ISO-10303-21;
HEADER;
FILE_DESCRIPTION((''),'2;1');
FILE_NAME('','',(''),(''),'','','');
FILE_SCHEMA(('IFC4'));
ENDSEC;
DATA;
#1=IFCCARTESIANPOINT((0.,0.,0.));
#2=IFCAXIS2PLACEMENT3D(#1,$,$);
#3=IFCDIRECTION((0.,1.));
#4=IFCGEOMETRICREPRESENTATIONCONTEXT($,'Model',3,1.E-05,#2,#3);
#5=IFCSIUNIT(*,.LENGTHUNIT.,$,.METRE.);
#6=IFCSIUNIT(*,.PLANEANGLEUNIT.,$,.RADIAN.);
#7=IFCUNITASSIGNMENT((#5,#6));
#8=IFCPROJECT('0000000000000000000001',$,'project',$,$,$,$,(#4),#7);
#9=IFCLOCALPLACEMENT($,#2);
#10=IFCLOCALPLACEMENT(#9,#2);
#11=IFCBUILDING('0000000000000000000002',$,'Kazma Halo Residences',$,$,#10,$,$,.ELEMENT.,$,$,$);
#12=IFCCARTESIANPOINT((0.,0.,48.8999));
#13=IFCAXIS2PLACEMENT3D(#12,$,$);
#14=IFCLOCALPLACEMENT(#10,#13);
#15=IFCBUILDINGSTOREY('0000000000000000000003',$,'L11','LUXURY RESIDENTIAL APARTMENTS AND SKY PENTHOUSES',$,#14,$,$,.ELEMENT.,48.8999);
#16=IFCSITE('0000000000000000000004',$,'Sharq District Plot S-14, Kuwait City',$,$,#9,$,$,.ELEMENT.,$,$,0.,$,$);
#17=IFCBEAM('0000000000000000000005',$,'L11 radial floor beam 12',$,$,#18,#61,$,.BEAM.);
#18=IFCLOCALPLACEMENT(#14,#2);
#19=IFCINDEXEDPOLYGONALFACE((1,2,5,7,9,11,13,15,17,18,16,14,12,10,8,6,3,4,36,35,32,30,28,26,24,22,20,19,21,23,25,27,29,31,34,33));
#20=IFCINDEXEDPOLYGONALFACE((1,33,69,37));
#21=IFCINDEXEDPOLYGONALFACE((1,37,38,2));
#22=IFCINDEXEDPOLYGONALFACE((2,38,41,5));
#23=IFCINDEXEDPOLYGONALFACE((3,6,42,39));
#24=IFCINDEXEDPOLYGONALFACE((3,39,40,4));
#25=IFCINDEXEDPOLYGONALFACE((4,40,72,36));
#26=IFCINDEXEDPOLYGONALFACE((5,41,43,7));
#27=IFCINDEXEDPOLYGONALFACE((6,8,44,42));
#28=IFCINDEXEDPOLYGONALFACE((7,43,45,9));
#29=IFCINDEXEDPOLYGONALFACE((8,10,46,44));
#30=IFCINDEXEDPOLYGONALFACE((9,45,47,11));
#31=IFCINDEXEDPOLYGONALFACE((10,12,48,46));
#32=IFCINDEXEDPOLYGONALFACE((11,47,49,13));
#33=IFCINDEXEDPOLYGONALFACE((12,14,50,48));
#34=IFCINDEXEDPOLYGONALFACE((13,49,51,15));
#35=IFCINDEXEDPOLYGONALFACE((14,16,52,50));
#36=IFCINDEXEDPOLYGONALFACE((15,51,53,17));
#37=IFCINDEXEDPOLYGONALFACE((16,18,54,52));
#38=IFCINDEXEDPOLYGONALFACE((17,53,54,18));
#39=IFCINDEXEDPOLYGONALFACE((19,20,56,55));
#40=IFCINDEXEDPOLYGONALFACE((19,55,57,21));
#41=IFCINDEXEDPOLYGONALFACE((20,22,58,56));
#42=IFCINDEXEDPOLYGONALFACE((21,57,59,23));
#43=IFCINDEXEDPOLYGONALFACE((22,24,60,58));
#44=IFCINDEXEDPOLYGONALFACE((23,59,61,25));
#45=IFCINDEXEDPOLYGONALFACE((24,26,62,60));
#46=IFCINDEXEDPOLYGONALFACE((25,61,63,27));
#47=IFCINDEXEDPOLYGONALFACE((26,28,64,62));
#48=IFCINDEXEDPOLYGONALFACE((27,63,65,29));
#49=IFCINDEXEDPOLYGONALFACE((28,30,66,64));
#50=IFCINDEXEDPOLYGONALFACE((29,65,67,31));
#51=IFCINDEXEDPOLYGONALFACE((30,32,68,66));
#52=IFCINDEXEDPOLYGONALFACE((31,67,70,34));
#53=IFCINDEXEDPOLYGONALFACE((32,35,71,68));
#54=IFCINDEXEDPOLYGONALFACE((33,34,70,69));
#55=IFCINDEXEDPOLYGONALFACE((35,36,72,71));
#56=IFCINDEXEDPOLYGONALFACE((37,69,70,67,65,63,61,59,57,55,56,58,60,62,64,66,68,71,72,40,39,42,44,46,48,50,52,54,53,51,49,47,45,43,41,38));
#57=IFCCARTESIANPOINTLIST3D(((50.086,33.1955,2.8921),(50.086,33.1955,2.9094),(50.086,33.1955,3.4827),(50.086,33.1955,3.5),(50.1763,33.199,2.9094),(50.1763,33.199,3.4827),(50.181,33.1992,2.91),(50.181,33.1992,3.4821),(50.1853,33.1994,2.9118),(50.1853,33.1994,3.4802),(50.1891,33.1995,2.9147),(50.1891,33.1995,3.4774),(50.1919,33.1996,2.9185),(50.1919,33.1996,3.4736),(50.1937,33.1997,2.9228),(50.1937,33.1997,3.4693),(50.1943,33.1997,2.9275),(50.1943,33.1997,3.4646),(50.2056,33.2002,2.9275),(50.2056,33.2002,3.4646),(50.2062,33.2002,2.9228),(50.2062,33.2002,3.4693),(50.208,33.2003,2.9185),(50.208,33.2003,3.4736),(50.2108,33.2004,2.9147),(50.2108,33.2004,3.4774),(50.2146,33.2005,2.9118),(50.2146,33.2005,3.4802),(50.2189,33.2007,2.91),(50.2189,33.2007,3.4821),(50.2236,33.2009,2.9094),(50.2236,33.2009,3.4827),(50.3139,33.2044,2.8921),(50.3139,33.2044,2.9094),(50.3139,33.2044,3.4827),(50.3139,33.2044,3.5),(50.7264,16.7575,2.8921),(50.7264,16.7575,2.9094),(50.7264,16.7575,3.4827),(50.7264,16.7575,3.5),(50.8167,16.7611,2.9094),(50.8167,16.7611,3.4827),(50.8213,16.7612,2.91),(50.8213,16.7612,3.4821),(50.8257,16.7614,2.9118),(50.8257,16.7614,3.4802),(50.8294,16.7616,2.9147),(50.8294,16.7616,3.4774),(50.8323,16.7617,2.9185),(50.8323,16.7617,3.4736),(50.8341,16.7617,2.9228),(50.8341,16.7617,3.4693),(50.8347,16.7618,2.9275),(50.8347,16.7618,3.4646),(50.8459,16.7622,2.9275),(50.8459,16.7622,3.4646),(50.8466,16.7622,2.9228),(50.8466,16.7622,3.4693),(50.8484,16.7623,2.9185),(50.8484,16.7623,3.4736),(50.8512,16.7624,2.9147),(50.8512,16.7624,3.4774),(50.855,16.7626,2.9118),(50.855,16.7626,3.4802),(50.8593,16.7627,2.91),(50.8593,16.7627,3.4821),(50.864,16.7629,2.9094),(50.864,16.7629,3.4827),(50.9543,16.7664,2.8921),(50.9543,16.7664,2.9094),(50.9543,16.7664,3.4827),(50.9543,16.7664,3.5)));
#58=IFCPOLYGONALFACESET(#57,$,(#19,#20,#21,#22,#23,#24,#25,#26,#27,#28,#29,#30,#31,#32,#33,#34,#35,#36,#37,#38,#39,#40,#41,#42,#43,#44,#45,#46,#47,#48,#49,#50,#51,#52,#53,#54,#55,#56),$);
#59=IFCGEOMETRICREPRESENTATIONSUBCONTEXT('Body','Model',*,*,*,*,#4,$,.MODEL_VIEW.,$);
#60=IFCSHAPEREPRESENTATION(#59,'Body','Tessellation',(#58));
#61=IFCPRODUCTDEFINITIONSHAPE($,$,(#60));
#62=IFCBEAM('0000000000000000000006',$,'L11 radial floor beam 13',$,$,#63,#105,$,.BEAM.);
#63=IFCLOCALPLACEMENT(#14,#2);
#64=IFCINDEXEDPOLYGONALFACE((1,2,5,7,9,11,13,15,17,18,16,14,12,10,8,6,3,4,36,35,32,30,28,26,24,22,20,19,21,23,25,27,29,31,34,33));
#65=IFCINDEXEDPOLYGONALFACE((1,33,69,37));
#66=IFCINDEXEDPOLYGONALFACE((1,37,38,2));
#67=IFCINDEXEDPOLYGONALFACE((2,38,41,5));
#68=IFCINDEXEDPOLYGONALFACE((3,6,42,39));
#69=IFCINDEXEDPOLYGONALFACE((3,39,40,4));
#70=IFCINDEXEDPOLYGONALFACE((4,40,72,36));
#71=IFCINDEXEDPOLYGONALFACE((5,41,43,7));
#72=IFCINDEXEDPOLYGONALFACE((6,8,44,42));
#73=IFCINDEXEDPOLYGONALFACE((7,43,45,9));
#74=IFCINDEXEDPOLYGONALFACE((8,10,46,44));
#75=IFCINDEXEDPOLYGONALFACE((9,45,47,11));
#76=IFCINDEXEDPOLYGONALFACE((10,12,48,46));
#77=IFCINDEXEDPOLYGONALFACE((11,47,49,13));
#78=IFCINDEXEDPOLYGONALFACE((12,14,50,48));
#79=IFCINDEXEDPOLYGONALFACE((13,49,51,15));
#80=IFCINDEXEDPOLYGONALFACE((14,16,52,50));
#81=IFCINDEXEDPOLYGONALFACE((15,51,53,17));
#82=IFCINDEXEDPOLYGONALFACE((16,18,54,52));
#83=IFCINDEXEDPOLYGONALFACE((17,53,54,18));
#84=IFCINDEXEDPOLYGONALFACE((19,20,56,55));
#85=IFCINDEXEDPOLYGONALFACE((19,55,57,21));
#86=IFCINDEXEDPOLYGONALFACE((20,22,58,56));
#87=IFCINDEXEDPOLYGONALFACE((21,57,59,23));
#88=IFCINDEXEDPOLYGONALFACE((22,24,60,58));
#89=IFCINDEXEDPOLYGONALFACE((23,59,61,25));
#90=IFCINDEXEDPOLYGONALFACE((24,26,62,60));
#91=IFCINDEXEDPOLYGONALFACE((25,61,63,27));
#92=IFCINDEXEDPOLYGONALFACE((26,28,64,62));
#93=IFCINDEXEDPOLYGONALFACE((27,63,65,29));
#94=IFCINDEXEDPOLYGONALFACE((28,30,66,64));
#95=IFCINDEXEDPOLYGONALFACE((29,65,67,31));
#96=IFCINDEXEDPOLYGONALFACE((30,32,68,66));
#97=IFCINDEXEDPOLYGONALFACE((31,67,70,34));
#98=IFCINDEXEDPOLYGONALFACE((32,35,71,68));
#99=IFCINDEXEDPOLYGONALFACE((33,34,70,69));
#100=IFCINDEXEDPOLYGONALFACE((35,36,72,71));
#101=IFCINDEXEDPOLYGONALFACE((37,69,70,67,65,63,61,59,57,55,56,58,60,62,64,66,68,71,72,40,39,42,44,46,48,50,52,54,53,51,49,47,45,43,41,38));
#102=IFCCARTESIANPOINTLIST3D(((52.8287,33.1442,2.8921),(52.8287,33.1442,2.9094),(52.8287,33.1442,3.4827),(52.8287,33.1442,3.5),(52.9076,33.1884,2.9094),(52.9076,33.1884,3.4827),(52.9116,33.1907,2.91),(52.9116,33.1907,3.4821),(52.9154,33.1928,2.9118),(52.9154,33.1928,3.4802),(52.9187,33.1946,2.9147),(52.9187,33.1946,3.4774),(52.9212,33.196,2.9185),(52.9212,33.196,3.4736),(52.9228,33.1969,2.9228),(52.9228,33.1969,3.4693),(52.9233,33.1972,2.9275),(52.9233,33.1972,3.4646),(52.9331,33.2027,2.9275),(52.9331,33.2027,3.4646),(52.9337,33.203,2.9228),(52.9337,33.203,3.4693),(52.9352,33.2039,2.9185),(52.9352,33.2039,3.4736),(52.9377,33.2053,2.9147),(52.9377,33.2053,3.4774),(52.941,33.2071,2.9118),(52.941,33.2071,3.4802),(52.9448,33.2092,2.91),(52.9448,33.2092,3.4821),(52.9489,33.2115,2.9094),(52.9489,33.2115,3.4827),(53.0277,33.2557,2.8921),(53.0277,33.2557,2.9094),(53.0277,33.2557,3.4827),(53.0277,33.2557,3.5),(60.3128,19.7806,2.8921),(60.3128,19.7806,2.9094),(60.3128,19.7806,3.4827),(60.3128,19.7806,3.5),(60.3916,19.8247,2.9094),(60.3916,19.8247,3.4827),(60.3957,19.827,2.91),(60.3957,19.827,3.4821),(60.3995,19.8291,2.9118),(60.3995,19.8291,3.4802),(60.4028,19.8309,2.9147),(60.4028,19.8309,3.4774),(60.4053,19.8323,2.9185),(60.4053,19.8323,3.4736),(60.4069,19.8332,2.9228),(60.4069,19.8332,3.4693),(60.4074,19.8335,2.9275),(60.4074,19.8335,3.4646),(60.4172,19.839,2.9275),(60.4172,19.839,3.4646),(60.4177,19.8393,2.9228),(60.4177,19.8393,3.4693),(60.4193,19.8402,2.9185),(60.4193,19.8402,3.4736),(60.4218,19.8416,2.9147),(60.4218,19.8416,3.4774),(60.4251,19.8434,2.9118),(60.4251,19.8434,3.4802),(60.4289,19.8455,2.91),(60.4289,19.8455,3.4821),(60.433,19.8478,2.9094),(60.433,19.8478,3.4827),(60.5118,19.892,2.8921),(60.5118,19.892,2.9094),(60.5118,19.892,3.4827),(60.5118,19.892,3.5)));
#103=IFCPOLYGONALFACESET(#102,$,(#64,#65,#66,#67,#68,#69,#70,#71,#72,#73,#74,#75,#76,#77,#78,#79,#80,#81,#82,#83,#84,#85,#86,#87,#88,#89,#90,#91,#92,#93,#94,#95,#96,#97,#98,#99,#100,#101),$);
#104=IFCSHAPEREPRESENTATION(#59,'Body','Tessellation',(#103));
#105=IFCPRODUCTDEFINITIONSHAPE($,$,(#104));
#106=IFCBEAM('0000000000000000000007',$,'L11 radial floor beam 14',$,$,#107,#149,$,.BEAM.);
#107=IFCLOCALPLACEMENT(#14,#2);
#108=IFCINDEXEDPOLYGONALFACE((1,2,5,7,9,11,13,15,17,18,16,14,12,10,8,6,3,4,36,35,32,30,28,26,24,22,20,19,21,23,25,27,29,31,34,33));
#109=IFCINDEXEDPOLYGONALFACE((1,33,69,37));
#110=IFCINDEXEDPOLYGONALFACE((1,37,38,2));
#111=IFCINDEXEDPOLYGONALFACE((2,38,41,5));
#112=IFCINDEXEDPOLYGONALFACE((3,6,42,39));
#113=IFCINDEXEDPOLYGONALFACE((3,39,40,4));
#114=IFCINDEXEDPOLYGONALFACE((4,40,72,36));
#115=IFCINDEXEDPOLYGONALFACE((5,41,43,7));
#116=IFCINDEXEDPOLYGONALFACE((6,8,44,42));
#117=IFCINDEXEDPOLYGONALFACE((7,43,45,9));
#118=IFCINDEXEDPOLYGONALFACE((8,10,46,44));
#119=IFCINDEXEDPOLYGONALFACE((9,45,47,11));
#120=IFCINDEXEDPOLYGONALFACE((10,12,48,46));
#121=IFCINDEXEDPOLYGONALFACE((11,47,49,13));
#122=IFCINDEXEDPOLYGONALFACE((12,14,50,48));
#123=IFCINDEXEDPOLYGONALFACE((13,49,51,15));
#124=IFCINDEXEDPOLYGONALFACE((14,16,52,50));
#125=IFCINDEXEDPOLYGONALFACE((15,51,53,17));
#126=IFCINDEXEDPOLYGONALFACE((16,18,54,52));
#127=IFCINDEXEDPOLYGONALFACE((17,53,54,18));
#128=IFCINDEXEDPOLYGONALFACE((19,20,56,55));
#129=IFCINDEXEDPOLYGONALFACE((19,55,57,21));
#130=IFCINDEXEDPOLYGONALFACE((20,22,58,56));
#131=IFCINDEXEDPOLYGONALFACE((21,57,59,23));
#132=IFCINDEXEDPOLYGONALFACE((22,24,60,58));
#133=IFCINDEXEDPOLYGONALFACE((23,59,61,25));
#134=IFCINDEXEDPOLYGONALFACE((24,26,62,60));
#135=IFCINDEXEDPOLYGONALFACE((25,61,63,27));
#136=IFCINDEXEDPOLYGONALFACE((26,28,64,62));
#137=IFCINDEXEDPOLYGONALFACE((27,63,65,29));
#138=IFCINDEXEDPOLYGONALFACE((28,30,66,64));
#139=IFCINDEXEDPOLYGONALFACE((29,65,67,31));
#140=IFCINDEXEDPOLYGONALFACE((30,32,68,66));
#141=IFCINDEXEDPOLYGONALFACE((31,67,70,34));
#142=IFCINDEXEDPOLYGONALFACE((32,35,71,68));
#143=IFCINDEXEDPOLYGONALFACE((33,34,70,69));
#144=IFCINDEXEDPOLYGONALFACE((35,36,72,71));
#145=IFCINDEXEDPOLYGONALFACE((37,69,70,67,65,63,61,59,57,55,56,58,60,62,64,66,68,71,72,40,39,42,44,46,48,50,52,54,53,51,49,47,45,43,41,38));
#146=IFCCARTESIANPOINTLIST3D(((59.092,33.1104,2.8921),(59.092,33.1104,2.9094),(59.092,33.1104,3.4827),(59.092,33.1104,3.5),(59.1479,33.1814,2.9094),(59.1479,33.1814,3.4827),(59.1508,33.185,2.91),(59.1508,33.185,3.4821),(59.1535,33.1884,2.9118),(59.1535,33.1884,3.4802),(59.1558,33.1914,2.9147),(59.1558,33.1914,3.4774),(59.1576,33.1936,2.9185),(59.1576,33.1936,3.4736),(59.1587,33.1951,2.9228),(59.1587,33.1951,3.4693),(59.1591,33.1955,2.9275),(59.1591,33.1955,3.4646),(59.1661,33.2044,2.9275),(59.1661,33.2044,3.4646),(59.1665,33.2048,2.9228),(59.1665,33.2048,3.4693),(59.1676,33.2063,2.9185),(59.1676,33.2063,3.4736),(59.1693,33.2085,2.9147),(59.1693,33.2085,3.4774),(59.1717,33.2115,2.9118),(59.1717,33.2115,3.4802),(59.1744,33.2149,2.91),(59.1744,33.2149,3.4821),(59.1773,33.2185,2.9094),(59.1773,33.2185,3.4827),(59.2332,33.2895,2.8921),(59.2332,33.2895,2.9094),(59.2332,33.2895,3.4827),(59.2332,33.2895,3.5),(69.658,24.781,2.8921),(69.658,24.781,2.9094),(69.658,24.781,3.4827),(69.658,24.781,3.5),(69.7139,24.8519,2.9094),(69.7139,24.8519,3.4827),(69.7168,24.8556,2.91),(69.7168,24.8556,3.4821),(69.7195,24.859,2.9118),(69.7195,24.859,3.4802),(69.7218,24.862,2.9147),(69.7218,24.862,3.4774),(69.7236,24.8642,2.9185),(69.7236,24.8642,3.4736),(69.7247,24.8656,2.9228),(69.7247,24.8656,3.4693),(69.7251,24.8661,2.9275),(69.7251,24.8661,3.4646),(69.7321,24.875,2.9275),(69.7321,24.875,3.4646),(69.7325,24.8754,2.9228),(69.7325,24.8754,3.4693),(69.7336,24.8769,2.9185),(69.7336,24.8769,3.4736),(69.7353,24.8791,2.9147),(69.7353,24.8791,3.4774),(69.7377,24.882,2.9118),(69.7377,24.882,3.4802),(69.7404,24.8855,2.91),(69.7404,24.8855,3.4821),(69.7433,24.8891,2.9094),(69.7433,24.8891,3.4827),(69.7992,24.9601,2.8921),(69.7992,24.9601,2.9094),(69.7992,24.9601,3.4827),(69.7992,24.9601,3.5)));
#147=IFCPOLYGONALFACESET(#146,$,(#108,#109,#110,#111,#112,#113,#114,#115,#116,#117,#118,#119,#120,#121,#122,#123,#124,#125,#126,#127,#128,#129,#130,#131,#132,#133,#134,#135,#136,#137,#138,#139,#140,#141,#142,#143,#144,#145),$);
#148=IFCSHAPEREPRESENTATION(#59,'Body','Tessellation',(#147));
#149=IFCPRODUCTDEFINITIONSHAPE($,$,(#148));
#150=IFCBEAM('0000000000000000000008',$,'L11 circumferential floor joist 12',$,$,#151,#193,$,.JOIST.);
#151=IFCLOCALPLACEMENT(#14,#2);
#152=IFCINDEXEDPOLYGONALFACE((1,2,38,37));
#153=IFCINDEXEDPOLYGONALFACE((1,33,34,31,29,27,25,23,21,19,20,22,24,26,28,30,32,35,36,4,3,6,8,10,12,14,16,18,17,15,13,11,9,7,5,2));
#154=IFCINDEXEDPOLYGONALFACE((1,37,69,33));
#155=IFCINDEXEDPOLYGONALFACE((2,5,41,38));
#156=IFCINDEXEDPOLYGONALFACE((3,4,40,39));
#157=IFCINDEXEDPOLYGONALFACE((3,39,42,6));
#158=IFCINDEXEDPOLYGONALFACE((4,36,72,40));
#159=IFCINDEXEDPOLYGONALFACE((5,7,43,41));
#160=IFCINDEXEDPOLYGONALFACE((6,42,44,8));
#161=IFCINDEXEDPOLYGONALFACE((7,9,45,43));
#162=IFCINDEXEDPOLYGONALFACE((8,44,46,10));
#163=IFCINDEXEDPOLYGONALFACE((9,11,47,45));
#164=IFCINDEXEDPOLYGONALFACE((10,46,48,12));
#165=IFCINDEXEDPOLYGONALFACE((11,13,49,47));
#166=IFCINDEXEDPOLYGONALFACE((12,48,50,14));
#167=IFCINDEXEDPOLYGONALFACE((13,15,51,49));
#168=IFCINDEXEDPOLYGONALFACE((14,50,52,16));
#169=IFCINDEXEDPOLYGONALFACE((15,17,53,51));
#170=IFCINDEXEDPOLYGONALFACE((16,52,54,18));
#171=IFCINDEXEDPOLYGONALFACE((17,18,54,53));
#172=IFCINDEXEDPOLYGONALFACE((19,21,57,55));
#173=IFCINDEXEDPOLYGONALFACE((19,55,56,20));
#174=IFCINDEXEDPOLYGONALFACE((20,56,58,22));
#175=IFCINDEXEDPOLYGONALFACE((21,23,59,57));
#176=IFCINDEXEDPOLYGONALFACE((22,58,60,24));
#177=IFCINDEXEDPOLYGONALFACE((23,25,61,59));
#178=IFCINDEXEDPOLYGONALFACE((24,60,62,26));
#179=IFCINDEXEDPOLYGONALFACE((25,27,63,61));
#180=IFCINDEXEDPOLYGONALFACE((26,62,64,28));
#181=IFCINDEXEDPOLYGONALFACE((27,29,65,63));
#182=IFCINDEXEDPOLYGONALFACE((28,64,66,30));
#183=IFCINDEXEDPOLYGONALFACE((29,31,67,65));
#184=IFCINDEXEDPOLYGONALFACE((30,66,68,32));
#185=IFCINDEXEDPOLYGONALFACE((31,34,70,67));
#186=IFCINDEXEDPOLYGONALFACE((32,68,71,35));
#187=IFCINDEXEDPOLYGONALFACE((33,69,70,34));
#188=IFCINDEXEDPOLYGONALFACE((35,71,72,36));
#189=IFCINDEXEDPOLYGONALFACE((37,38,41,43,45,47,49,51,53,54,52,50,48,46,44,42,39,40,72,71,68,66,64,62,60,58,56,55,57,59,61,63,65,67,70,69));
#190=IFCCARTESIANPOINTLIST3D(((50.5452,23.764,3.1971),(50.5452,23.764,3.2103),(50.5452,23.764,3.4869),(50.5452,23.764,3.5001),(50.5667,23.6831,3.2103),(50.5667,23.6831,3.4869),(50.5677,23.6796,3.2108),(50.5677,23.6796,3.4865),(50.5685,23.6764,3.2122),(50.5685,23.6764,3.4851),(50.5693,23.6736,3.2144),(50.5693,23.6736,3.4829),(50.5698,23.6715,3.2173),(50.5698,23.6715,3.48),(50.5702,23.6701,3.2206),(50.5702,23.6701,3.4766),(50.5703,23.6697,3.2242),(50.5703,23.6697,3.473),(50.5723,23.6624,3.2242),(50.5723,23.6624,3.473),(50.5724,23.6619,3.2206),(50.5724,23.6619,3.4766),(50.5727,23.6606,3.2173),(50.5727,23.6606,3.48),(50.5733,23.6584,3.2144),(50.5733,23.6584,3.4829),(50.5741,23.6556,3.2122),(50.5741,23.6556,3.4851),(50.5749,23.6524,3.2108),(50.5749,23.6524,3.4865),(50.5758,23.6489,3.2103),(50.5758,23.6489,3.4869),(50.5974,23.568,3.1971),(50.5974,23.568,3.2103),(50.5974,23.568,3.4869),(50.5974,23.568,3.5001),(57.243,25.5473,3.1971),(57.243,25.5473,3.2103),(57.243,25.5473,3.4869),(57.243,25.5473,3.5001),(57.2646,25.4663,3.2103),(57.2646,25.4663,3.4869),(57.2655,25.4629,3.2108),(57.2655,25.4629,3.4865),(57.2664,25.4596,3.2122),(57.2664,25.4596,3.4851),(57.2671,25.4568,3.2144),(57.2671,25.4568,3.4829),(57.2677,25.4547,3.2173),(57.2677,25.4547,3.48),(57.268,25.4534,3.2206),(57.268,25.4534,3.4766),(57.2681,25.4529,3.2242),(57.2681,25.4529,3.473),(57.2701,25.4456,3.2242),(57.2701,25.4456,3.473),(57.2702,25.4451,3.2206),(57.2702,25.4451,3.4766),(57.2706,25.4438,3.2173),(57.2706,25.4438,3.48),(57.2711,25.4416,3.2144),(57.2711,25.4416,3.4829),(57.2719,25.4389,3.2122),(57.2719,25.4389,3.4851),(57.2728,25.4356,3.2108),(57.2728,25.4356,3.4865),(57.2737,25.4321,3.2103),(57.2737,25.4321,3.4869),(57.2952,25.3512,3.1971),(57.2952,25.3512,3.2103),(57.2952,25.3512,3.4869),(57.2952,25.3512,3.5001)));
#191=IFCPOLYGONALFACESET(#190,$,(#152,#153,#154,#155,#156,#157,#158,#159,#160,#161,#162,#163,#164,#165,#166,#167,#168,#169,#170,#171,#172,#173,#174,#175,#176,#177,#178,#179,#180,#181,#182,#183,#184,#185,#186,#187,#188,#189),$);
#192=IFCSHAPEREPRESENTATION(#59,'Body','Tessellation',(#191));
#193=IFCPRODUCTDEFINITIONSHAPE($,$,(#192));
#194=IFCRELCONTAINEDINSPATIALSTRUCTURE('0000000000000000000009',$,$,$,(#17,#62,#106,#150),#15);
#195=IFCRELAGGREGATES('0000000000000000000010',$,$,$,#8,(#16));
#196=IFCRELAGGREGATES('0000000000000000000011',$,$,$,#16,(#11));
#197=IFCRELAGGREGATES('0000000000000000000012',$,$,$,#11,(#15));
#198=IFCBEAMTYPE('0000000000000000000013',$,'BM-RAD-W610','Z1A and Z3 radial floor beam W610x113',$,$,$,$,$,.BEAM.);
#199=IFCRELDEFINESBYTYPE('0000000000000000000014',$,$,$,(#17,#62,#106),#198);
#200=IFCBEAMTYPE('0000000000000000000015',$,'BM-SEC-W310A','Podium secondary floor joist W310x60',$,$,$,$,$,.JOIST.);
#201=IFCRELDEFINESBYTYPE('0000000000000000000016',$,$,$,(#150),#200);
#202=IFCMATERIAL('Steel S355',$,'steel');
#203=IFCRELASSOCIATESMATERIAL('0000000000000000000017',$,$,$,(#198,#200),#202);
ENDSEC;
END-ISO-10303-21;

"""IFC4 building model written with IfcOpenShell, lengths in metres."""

from ifc_helpers import new_model, si_unit, direction, frame, origin, origin_2d, place, context, subcontext, project, spatial, i_section, extrude, material, material_profile, profile_set, type_object, element, save


model = new_model("IFC4")

# Units and contexts
model_context = context("Model", 3, precision=1e-05, world=origin(), true_north=direction((0.0, 1.0)))
body_context = subcontext(model_context, "Body", "Model", "MODEL_VIEW")
ifc_project = project(units=[si_unit("LENGTHUNIT", "METRE"), si_unit("PLANEANGLEUNIT", "RADIAN")], contexts=[model_context])

# Site, building, storey
site_placement = place(None, origin())
site = spatial("IfcSite", under=ifc_project, at=site_placement, Name="Sharq District Plot S-14, Kuwait City", CompositionType="ELEMENT", RefElevation=0.0)
building_placement = place(site_placement, origin())
building = spatial("IfcBuilding", under=site, at=building_placement, Name="Kazma Halo Residences", CompositionType="ELEMENT")
storey_placement = place(building_placement, frame((0.0, 0.0, 48.8999)))
storey = spatial("IfcBuildingStorey", under=building, at=storey_placement, Name="L11", Description="LUXURY RESIDENTIAL APARTMENTS AND SKY PENTHOUSES", CompositionType="ELEMENT", Elevation=48.8999)

# Beams
ifc_material_1 = material(Name="Steel S355", Category="steel")
ifc_material_profile_1 = material_profile(ifc_material_1, i_section(OverallWidth=0.228, OverallDepth=0.6079, WebThickness=0.0112, FlangeThickness=0.0173, FilletRadius=0.0181, at=origin_2d()), Name="W610x113")
ifc_profile_set_1 = profile_set([ifc_material_profile_1], Name="Steel S355")
beam_type_1 = type_object("IfcBeamType", Name="BM-RAD-W610", Description="Z1A and Z3 radial floor beam W610x113", PredefinedType="BEAM", material=ifc_profile_set_1)
beam_1_placement = place(storey_placement, frame((50.2, 33.2, 3.196), z_axis=(0.038928, -0.999242, 0.0), x_axis=(0.999242, 0.038928, 0.0)))
element("IfcBeam", 1, at=beam_1_placement, inside=storey, type_object=beam_type_1, Name="L11 radial floor beam 12", PredefinedType="BEAM", context=body_context, shape_type="SweptSolid", body=[
    extrude(i_section(OverallWidth=0.228, OverallDepth=0.6079, WebThickness=0.0112, FlangeThickness=0.0173, FilletRadius=0.0181, at=origin_2d()), origin(), (0.0, 0.0, 1.0), 16.4504),
])
beam_2_placement = place(storey_placement, frame((52.9282, 33.2, 3.196), z_axis=(0.488624, -0.872494, 0.0), x_axis=(0.872494, 0.488624, 0.0)))
element("IfcBeam", 2, at=beam_2_placement, inside=storey, type_object=beam_type_1, Name="L11 radial floor beam 13", PredefinedType="BEAM", context=body_context, shape_type="SweptSolid", body=[
    extrude(i_section(OverallWidth=0.228, OverallDepth=0.6079, WebThickness=0.0112, FlangeThickness=0.0173, FilletRadius=0.0181, at=origin_2d()), origin(), (0.0, 0.0, 1.0), 15.3167),
])
beam_3_placement = place(storey_placement, frame((59.1626, 33.2, 3.196), z_axis=(0.785322, -0.619087, 0.0), x_axis=(0.619087, 0.785322, 0.0)))
element("IfcBeam", 3, at=beam_3_placement, inside=storey, type_object=beam_type_1, Name="L11 radial floor beam 14", PredefinedType="BEAM", context=body_context, shape_type="SweptSolid", body=[
    extrude(i_section(OverallWidth=0.228, OverallDepth=0.6079, WebThickness=0.0112, FlangeThickness=0.0173, FilletRadius=0.0181, at=origin_2d()), origin(), (0.0, 0.0, 1.0), 13.4543),
])
ifc_material_profile_2 = material_profile(ifc_material_1, i_section(OverallWidth=0.2029, OverallDepth=0.303, WebThickness=0.0076, FlangeThickness=0.0132, FilletRadius=0.0139, at=origin_2d()), Name="W310x60")
ifc_profile_set_2 = profile_set([ifc_material_profile_2], Name="Steel S355")
beam_type_2 = type_object("IfcBeamType", Name="BM-SEC-W310A", Description="Podium secondary floor joist W310x60", PredefinedType="JOIST", material=ifc_profile_set_2)
beam_4_placement = place(storey_placement, frame((50.5713, 23.666, 3.3486), z_axis=(0.966338, 0.257277, 0.0), x_axis=(-0.257277, 0.966338, 0.0)))
element("IfcBeam", 4, at=beam_4_placement, inside=storey, type_object=beam_type_2, Name="L11 circumferential floor joist 12", PredefinedType="JOIST", context=body_context, shape_type="SweptSolid", body=[
    extrude(i_section(OverallWidth=0.2029, OverallDepth=0.303, WebThickness=0.0076, FlangeThickness=0.0132, FilletRadius=0.0139, at=origin_2d()), origin(), (0.0, 0.0, 1.0), 6.9312),
])

save(model, "model.ifc")
